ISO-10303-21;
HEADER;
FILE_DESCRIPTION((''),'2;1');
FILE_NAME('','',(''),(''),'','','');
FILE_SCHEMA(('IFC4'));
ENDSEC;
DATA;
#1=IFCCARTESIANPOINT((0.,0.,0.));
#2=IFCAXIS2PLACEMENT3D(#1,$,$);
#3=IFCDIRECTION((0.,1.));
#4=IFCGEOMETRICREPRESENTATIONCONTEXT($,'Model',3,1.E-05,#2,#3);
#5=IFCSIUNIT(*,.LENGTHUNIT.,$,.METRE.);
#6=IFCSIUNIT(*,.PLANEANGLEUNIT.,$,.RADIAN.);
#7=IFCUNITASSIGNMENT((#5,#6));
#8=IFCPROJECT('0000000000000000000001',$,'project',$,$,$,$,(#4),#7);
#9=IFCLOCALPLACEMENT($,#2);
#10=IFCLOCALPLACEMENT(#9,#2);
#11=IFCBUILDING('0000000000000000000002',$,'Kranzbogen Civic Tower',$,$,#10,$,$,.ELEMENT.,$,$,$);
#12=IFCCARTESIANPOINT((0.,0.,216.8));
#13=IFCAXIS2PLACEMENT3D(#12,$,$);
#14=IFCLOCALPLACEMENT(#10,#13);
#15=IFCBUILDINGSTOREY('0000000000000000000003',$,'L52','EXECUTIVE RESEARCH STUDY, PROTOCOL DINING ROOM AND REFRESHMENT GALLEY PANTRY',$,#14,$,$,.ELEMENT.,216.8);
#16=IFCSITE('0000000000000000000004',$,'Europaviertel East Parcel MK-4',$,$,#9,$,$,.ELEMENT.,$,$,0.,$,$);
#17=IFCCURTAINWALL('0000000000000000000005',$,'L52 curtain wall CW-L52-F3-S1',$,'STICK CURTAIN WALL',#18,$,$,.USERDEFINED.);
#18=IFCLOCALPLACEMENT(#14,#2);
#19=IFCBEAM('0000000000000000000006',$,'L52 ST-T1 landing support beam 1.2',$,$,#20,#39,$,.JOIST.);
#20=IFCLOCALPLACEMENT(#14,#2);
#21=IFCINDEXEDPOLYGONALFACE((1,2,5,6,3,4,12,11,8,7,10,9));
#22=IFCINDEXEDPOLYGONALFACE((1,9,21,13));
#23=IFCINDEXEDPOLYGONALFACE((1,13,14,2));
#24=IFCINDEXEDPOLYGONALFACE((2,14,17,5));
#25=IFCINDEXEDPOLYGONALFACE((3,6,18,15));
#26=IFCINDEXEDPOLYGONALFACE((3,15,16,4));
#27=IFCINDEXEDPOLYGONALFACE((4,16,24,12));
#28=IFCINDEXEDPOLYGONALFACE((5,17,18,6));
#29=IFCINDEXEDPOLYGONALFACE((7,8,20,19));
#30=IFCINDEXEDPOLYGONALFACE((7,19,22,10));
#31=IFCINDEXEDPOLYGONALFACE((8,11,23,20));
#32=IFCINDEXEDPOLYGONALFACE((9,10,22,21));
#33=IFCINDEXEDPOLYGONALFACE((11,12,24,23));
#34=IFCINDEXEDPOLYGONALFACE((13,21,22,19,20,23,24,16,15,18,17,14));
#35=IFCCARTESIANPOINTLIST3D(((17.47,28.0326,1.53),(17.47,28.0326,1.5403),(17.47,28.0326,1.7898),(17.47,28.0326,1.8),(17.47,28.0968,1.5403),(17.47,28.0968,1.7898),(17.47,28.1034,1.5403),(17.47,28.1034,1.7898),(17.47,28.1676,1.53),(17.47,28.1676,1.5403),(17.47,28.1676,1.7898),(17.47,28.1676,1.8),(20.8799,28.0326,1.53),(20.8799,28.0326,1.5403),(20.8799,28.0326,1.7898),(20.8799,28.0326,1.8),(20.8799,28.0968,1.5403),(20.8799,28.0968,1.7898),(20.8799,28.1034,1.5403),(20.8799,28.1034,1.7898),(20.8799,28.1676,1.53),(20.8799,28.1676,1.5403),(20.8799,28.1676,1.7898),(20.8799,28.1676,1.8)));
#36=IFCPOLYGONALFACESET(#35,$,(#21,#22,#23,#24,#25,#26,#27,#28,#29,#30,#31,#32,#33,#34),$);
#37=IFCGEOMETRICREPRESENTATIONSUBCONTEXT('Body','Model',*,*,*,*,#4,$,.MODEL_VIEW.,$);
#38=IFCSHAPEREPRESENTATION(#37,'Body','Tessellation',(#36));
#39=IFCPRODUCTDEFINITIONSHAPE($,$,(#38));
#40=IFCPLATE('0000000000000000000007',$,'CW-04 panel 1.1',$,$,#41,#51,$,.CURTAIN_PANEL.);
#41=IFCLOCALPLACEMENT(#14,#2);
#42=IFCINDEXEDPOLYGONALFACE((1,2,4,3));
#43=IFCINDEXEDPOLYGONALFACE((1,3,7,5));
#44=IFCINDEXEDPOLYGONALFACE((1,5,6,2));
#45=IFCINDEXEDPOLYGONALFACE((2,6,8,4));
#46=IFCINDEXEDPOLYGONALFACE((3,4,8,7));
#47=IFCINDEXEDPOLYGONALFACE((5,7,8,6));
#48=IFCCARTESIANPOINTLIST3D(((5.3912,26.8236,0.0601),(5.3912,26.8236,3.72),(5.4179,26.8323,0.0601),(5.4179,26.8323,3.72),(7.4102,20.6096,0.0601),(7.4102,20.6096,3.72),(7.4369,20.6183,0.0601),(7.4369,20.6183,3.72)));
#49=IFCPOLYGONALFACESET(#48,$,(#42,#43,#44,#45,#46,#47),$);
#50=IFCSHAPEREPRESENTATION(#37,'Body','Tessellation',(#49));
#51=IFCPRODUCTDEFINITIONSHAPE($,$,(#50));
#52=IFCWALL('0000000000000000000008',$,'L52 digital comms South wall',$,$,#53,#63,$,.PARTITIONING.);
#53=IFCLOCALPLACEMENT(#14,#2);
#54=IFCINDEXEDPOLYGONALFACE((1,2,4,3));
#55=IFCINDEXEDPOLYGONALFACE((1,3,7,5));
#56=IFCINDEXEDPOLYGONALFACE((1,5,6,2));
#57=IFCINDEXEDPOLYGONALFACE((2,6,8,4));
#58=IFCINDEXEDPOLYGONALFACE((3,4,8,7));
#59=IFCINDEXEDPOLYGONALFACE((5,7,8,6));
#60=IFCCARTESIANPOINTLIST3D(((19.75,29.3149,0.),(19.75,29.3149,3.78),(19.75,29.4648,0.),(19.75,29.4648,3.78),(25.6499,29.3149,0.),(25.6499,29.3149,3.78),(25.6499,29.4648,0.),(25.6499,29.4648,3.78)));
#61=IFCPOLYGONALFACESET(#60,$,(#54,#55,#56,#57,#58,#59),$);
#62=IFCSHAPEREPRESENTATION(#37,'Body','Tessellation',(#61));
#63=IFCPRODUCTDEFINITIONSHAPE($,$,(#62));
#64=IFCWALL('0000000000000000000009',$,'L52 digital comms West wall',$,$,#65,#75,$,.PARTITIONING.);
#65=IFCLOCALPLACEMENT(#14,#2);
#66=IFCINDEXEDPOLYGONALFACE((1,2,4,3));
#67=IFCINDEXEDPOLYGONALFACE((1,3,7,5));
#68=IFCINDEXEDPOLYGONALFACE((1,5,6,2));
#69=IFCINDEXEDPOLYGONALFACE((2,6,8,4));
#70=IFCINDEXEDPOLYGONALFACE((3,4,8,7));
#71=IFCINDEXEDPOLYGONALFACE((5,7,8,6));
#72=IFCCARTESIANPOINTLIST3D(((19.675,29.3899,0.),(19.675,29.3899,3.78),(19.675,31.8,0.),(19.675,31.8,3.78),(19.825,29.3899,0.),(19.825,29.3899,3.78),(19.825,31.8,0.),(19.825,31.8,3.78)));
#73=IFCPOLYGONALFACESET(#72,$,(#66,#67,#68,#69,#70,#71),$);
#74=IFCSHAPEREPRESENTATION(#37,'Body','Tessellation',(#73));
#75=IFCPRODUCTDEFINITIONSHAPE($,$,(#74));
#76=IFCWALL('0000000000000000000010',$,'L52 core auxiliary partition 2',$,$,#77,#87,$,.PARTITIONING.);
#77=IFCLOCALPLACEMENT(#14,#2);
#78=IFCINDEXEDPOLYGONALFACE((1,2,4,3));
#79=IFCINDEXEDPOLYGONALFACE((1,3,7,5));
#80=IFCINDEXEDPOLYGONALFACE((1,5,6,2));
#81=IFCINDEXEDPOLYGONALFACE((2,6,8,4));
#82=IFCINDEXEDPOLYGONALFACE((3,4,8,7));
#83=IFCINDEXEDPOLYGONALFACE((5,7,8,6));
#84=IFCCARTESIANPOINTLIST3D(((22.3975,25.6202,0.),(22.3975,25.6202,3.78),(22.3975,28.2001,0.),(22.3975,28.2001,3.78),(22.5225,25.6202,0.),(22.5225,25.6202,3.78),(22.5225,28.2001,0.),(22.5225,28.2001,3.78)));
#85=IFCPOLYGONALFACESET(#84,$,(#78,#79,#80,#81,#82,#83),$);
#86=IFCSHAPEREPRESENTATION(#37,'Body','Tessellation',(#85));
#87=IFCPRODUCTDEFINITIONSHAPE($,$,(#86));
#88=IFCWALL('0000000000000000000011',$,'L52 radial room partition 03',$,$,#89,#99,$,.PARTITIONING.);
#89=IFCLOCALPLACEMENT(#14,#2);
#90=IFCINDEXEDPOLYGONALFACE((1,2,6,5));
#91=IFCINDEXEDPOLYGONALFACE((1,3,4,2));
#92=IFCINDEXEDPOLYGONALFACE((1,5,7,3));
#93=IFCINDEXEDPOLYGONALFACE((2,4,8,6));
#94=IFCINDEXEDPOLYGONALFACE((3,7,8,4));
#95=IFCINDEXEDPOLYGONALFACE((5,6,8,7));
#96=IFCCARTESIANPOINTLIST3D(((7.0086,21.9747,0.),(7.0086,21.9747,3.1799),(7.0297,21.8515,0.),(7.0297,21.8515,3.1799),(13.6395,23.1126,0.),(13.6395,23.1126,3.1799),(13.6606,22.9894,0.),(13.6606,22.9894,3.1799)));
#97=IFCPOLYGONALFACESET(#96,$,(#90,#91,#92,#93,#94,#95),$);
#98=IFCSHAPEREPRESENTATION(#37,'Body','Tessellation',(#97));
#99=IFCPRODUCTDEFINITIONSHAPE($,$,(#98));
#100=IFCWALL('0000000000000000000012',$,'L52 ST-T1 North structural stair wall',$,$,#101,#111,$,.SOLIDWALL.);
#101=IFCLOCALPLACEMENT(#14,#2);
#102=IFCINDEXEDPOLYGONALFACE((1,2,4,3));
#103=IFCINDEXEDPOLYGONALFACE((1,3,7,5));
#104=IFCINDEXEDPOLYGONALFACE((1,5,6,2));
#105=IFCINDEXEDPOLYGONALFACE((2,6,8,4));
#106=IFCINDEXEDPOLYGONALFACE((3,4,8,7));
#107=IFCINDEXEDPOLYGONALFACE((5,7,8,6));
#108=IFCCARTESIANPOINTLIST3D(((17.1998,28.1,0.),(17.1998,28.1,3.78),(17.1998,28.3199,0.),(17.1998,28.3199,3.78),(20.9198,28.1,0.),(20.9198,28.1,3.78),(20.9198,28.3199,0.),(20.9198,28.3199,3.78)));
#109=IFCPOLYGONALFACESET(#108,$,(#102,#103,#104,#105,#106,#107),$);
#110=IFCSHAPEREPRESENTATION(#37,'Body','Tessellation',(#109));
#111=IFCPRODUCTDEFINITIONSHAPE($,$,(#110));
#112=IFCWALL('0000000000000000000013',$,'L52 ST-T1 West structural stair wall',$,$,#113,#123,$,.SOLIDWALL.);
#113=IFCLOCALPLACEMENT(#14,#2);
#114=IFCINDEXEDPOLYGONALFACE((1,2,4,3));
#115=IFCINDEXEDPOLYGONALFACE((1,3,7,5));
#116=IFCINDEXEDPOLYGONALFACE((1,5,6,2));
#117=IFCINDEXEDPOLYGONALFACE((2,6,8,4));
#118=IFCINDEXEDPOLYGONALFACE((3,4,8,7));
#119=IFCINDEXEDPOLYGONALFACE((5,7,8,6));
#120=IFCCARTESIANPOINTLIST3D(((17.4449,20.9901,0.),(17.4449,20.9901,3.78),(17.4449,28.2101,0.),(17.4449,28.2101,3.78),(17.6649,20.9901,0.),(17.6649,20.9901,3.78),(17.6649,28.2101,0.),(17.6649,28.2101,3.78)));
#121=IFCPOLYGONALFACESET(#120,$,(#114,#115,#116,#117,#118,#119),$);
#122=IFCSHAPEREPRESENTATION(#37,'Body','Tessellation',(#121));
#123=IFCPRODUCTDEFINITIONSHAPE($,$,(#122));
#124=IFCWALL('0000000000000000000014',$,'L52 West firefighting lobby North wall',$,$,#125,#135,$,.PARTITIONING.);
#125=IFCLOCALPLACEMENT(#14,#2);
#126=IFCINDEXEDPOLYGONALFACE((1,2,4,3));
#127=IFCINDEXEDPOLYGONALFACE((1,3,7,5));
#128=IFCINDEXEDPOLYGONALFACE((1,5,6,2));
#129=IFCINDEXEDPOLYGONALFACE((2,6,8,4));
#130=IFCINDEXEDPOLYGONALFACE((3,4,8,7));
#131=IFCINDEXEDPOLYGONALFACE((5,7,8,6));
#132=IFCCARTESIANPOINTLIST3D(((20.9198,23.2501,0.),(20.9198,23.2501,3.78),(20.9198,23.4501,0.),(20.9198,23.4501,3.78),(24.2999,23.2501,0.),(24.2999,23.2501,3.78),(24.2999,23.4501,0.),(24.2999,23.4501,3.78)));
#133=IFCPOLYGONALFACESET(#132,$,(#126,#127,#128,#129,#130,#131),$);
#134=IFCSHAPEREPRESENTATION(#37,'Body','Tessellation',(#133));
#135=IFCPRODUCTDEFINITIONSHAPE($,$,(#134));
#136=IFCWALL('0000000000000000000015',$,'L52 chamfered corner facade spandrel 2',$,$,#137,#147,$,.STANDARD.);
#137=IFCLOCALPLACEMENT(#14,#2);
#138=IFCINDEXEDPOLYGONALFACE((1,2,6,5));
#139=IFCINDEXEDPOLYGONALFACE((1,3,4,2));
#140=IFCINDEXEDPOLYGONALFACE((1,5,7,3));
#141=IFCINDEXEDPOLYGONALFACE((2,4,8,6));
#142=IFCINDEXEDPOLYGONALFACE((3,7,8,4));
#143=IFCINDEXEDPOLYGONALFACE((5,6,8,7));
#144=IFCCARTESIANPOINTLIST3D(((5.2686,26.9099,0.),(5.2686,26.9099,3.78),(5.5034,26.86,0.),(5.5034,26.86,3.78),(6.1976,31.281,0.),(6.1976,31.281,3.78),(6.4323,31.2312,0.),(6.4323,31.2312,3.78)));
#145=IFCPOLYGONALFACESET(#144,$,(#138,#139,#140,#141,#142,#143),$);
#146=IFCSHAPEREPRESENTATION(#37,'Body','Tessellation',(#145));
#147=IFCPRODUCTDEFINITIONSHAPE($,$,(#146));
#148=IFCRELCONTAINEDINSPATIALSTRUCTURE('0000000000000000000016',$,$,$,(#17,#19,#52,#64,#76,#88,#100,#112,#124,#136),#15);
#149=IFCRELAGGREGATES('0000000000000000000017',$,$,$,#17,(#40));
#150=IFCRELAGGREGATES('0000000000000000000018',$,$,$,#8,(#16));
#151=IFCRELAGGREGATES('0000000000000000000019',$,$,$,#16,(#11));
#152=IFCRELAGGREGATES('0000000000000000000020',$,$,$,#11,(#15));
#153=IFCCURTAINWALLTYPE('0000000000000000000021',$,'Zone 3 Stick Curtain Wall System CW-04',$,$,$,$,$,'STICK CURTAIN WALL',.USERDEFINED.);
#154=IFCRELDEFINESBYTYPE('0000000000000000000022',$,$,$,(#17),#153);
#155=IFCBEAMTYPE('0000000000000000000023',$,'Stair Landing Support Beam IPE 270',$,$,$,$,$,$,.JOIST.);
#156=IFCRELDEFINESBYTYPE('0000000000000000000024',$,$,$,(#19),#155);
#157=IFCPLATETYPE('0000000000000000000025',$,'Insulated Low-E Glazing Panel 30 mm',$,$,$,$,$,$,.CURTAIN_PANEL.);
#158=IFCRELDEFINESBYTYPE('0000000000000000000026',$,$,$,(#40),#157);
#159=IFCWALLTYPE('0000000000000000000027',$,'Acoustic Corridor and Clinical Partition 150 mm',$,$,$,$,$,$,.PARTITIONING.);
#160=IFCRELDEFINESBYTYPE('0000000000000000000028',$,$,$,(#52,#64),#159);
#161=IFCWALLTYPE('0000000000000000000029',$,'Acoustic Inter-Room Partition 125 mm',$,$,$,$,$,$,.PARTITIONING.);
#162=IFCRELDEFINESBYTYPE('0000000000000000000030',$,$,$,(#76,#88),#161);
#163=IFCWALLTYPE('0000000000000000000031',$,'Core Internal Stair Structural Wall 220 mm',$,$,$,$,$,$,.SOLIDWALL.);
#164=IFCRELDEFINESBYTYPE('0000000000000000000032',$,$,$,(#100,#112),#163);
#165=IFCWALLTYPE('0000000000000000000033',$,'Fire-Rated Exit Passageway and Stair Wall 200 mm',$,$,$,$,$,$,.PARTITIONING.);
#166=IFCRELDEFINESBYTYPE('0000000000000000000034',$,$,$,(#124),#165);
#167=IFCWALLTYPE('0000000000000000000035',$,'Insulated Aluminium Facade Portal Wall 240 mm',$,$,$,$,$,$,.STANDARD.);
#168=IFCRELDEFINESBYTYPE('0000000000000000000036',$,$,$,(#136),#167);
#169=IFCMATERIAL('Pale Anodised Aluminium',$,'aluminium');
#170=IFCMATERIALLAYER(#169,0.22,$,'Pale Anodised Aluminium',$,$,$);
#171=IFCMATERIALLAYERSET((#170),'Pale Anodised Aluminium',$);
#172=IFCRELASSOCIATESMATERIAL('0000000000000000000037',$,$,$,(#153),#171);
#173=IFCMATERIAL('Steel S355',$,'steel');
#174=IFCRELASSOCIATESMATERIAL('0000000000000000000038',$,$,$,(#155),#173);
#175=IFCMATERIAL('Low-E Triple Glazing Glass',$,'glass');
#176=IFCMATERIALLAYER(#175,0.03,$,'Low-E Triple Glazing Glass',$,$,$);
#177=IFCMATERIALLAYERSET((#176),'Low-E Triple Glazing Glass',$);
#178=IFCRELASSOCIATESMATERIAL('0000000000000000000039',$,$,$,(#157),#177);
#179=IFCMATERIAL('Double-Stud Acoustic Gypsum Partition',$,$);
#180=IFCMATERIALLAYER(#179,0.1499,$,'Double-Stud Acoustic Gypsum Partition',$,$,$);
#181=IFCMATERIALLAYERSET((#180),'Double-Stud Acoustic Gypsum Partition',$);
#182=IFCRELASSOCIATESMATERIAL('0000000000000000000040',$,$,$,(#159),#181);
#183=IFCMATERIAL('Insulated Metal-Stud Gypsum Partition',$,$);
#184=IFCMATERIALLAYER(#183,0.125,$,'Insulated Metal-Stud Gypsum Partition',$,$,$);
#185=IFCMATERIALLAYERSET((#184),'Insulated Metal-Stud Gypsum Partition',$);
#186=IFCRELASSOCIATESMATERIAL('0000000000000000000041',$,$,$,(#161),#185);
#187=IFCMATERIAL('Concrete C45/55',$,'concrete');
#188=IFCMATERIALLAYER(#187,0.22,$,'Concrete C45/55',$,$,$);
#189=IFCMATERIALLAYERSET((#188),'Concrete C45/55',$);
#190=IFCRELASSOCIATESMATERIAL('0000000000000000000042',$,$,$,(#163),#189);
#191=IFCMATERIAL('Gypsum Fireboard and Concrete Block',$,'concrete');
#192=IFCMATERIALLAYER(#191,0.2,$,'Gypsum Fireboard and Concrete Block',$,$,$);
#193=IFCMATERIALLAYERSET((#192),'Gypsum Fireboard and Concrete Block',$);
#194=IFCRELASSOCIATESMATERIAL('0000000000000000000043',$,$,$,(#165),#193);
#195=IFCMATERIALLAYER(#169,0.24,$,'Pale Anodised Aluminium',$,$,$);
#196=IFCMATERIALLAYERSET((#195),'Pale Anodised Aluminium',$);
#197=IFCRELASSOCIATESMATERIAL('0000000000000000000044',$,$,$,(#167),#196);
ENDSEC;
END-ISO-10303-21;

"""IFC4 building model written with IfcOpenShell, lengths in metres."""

from ifc_helpers import new_model, si_unit, direction, frame, frame_2d, origin, origin_2d, place, context, subcontext, project, spatial, rectangle, i_section, extrude, material, layer, layer_set, material_profile, profile_set, type_object, element, aggregate, save


model = new_model("IFC4")

# Units and contexts
model_context = context("Model", 3, precision=1e-05, world=origin(), true_north=direction((0.0, 1.0)))
body_context = subcontext(model_context, "Body", "Model", "MODEL_VIEW")
ifc_project = project(units=[si_unit("LENGTHUNIT", "METRE"), si_unit("PLANEANGLEUNIT", "RADIAN")], contexts=[model_context])

# Site, building, storey
site_placement = place(None, origin())
site = spatial("IfcSite", under=ifc_project, at=site_placement, Name="Europaviertel East Parcel MK-4", CompositionType="ELEMENT", RefElevation=0.0)
building_placement = place(site_placement, origin())
building = spatial("IfcBuilding", under=site, at=building_placement, Name="Kranzbogen Civic Tower", CompositionType="ELEMENT")
storey_placement = place(building_placement, frame((0.0, 0.0, 216.8)))
storey = spatial("IfcBuildingStorey", under=building, at=storey_placement, Name="L52", Description="EXECUTIVE RESEARCH STUDY, PROTOCOL DINING ROOM AND REFRESHMENT GALLEY PANTRY", CompositionType="ELEMENT", Elevation=216.8)

# Shared definitions
ifc_material_1 = material(Name="Steel S355", Category="steel")

# Curtain wall
ifc_material_2 = material(Name="Pale Anodised Aluminium", Category="aluminium")
ifc_layer_1 = layer(ifc_material_2, 0.22, Name="Pale Anodised Aluminium")
ifc_layer_set_1 = layer_set([ifc_layer_1], Name="Pale Anodised Aluminium")
curtain_wall_type = type_object("IfcCurtainWallType", Name="Zone 3 Stick Curtain Wall System CW-04", ElementType="STICK CURTAIN WALL", PredefinedType="USERDEFINED", material=ifc_layer_set_1)
curtain_wall_placement = place(storey_placement, origin())
curtain_wall = element("IfcCurtainWall", 1, at=curtain_wall_placement, inside=storey, type_object=curtain_wall_type, Name="L52 curtain wall CW-L52-F3-S1", ObjectType="STICK CURTAIN WALL", PredefinedType="USERDEFINED")

# Beam
ifc_material_profile_1 = material_profile(ifc_material_1, i_section(OverallWidth=0.135, OverallDepth=0.27, WebThickness=0.0066, FlangeThickness=0.0103, at=origin_2d()), Name="IPE 270")
ifc_profile_set_1 = profile_set([ifc_material_profile_1], Name="Steel S355")
beam_type_1 = type_object("IfcBeamType", Name="Stair Landing Support Beam IPE 270", PredefinedType="JOIST", material=ifc_profile_set_1)
for number, where, z_axis, x_axis, name in (
    (2, (20.8799, 28.1001, 1.665), (-1.0, 0.0, 0.0), (0.0, -1.0, 0.0), "L52 ST-T1 landing support beam 1.2"),
):
    element("IfcBeam", number, at=place(storey_placement, frame(where, z_axis=z_axis, x_axis=x_axis)), inside=storey, type_object=beam_type_1, Name=name, PredefinedType="JOIST", context=body_context, shape_type="SweptSolid", body=[
        extrude(i_section(OverallWidth=0.135, OverallDepth=0.27, WebThickness=0.0066, FlangeThickness=0.0103, at=origin_2d()), origin(), (0.0, 0.0, 1.0), 3.4099),
    ])

# Plate
ifc_material_3 = material(Name="Low-E Triple Glazing Glass", Category="glass")
ifc_layer_2 = layer(ifc_material_3, 0.03, Name="Low-E Triple Glazing Glass")
ifc_layer_set_2 = layer_set([ifc_layer_2], Name="Low-E Triple Glazing Glass")
plate_type = type_object("IfcPlateType", Name="Insulated Low-E Glazing Panel 30 mm", PredefinedType="CURTAIN_PANEL", material=ifc_layer_set_2)
plate_placement = place(storey_placement, frame((6.4141, 23.7209, 0.0601), z_axis=(0.0, 0.0, 1.0), x_axis=(0.309005, -0.951061, 0.0)))
plate = element("IfcPlate", 3, at=plate_placement, type_object=plate_type, Name="CW-04 panel 1.1", PredefinedType="CURTAIN_PANEL", context=body_context, shape_type="SweptSolid", body=[
    extrude(rectangle(XDim=6.5337, YDim=0.0281, at=origin_2d()), origin(), (0.0, 0.0, 1.0), 3.6599),
])
aggregate(curtain_wall, [plate])

# Walls
ifc_material_4 = material(Name="Double-Stud Acoustic Gypsum Partition")
ifc_layer_3 = layer(ifc_material_4, 0.1499, Name="Double-Stud Acoustic Gypsum Partition")
ifc_layer_set_3 = layer_set([ifc_layer_3], Name="Double-Stud Acoustic Gypsum Partition")
wall_type_1 = type_object("IfcWallType", Name="Acoustic Corridor and Clinical Partition 150 mm", PredefinedType="PARTITIONING", material=ifc_layer_set_3)
wall_1_placement = place(storey_placement, frame((19.75, 29.3899, 0.0), z_axis=(0.0, 0.0, 1.0), x_axis=(1.0, 0.0, 0.0)))
element("IfcWall", 4, at=wall_1_placement, inside=storey, type_object=wall_type_1, Name="L52 digital comms South wall", PredefinedType="PARTITIONING", context=body_context, shape_type="SweptSolid", body=[
    extrude(rectangle(XDim=5.8999, YDim=0.1499, at=frame_2d((2.95, 0.0))), origin(), (0.0, 0.0, 1.0), 3.78),
])
wall_2_placement = place(storey_placement, frame((19.75, 29.3899, 0.0), z_axis=(0.0, 0.0, 1.0), x_axis=(0.0, 1.0, 0.0)))
element("IfcWall", 5, at=wall_2_placement, inside=storey, type_object=wall_type_1, Name="L52 digital comms West wall", PredefinedType="PARTITIONING", context=body_context, shape_type="SweptSolid", body=[
    extrude(rectangle(XDim=2.4102, YDim=0.1499, at=frame_2d((1.2051, 0.0))), origin(), (0.0, 0.0, 1.0), 3.78),
])

# Shared definitions
ifc_material_5 = material(Name="Insulated Metal-Stud Gypsum Partition")
ifc_layer_4 = layer(ifc_material_5, 0.125, Name="Insulated Metal-Stud Gypsum Partition")
ifc_layer_set_4 = layer_set([ifc_layer_4], Name="Insulated Metal-Stud Gypsum Partition")
wall_type_2 = type_object("IfcWallType", Name="Acoustic Inter-Room Partition 125 mm", PredefinedType="PARTITIONING", material=ifc_layer_set_4)

# Walls
wall_3_placement = place(storey_placement, frame((22.46, 25.6201, 0.0), z_axis=(0.0, 0.0, 1.0), x_axis=(0.0, 1.0, 0.0)))
element("IfcWall", 6, at=wall_3_placement, inside=storey, type_object=wall_type_2, Name="L52 core auxiliary partition 2", PredefinedType="PARTITIONING", context=body_context, shape_type="SweptSolid", body=[
    extrude(rectangle(XDim=2.5798, YDim=0.125, at=frame_2d((1.29, 0.0))), origin(), (0.0, 0.0, 1.0), 3.78),
])
wall_4_placement = place(storey_placement, frame((13.6499, 23.051, 0.0), z_axis=(0.0, 0.0, 1.0), x_axis=(-0.985592, -0.16914, 0.0)))
element("IfcWall", 7, at=wall_4_placement, inside=storey, type_object=wall_type_2, Name="L52 radial room partition 03", PredefinedType="PARTITIONING", context=body_context, shape_type="SweptSolid", body=[
    extrude(rectangle(XDim=6.7278, YDim=0.125, at=frame_2d((3.3638, 0.0))), origin(), (0.0, 0.0, 1.0), 3.1799),
])
ifc_material_6 = material(Name="Concrete C45/55", Category="concrete")
ifc_layer_5 = layer(ifc_material_6, 0.22, Name="Concrete C45/55")
ifc_layer_set_5 = layer_set([ifc_layer_5], Name="Concrete C45/55")
wall_type_3 = type_object("IfcWallType", Name="Core Internal Stair Structural Wall 220 mm", PredefinedType="SOLIDWALL", material=ifc_layer_set_5)
wall_5_placement = place(storey_placement, frame((17.2, 28.21, 0.0), z_axis=(0.0, 0.0, 1.0), x_axis=(1.0, 0.0, 0.0)))
element("IfcWall", 8, at=wall_5_placement, inside=storey, type_object=wall_type_3, Name="L52 ST-T1 North structural stair wall", PredefinedType="SOLIDWALL", context=body_context, shape_type="SweptSolid", body=[
    extrude(rectangle(XDim=3.72, YDim=0.22, at=frame_2d((1.8599, 0.0))), origin(), (0.0, 0.0, 1.0), 3.78),
])
wall_6_placement = place(storey_placement, frame((17.5549, 28.21, 0.0), z_axis=(0.0, 0.0, 1.0), x_axis=(0.0, -1.0, 0.0)))
element("IfcWall", 9, at=wall_6_placement, inside=storey, type_object=wall_type_3, Name="L52 ST-T1 West structural stair wall", PredefinedType="SOLIDWALL", context=body_context, shape_type="SweptSolid", body=[
    extrude(rectangle(XDim=7.22, YDim=0.22, at=frame_2d((3.6099, 0.0))), origin(), (0.0, 0.0, 1.0), 3.78),
])
ifc_material_7 = material(Name="Gypsum Fireboard and Concrete Block", Category="concrete")
ifc_layer_6 = layer(ifc_material_7, 0.2, Name="Gypsum Fireboard and Concrete Block")
ifc_layer_set_6 = layer_set([ifc_layer_6], Name="Gypsum Fireboard and Concrete Block")
wall_type_4 = type_object("IfcWallType", Name="Fire-Rated Exit Passageway and Stair Wall 200 mm", PredefinedType="PARTITIONING", material=ifc_layer_set_6)
wall_7_placement = place(storey_placement, frame((20.9199, 23.3501, 0.0), z_axis=(0.0, 0.0, 1.0), x_axis=(1.0, 0.0, 0.0)))
element("IfcWall", 10, at=wall_7_placement, inside=storey, type_object=wall_type_4, Name="L52 West firefighting lobby North wall", PredefinedType="PARTITIONING", context=body_context, shape_type="SweptSolid", body=[
    extrude(rectangle(XDim=3.3801, YDim=0.2, at=frame_2d((1.6899, 0.0))), origin(), (0.0, 0.0, 1.0), 3.78),
])
ifc_layer_7 = layer(ifc_material_2, 0.24, Name="Pale Anodised Aluminium")
ifc_layer_set_7 = layer_set([ifc_layer_7], Name="Pale Anodised Aluminium")
wall_type_5 = type_object("IfcWallType", Name="Insulated Aluminium Facade Portal Wall 240 mm", PredefinedType="STANDARD", material=ifc_layer_set_7)
wall_8_placement = place(storey_placement, frame((6.3149, 31.2561, 0.0), z_axis=(0.0, 0.0, 1.0), x_axis=(-0.20788, -0.978154, 0.0)))
element("IfcWall", 11, at=wall_8_placement, inside=storey, type_object=wall_type_5, Name="L52 chamfered corner facade spandrel 2", PredefinedType="STANDARD", context=body_context, shape_type="SweptSolid", body=[
    extrude(rectangle(XDim=4.4688, YDim=0.24, at=frame_2d((2.2344, 0.0))), origin(), (0.0, 0.0, 1.0), 3.78),
])

save(model, "model.ifc")
